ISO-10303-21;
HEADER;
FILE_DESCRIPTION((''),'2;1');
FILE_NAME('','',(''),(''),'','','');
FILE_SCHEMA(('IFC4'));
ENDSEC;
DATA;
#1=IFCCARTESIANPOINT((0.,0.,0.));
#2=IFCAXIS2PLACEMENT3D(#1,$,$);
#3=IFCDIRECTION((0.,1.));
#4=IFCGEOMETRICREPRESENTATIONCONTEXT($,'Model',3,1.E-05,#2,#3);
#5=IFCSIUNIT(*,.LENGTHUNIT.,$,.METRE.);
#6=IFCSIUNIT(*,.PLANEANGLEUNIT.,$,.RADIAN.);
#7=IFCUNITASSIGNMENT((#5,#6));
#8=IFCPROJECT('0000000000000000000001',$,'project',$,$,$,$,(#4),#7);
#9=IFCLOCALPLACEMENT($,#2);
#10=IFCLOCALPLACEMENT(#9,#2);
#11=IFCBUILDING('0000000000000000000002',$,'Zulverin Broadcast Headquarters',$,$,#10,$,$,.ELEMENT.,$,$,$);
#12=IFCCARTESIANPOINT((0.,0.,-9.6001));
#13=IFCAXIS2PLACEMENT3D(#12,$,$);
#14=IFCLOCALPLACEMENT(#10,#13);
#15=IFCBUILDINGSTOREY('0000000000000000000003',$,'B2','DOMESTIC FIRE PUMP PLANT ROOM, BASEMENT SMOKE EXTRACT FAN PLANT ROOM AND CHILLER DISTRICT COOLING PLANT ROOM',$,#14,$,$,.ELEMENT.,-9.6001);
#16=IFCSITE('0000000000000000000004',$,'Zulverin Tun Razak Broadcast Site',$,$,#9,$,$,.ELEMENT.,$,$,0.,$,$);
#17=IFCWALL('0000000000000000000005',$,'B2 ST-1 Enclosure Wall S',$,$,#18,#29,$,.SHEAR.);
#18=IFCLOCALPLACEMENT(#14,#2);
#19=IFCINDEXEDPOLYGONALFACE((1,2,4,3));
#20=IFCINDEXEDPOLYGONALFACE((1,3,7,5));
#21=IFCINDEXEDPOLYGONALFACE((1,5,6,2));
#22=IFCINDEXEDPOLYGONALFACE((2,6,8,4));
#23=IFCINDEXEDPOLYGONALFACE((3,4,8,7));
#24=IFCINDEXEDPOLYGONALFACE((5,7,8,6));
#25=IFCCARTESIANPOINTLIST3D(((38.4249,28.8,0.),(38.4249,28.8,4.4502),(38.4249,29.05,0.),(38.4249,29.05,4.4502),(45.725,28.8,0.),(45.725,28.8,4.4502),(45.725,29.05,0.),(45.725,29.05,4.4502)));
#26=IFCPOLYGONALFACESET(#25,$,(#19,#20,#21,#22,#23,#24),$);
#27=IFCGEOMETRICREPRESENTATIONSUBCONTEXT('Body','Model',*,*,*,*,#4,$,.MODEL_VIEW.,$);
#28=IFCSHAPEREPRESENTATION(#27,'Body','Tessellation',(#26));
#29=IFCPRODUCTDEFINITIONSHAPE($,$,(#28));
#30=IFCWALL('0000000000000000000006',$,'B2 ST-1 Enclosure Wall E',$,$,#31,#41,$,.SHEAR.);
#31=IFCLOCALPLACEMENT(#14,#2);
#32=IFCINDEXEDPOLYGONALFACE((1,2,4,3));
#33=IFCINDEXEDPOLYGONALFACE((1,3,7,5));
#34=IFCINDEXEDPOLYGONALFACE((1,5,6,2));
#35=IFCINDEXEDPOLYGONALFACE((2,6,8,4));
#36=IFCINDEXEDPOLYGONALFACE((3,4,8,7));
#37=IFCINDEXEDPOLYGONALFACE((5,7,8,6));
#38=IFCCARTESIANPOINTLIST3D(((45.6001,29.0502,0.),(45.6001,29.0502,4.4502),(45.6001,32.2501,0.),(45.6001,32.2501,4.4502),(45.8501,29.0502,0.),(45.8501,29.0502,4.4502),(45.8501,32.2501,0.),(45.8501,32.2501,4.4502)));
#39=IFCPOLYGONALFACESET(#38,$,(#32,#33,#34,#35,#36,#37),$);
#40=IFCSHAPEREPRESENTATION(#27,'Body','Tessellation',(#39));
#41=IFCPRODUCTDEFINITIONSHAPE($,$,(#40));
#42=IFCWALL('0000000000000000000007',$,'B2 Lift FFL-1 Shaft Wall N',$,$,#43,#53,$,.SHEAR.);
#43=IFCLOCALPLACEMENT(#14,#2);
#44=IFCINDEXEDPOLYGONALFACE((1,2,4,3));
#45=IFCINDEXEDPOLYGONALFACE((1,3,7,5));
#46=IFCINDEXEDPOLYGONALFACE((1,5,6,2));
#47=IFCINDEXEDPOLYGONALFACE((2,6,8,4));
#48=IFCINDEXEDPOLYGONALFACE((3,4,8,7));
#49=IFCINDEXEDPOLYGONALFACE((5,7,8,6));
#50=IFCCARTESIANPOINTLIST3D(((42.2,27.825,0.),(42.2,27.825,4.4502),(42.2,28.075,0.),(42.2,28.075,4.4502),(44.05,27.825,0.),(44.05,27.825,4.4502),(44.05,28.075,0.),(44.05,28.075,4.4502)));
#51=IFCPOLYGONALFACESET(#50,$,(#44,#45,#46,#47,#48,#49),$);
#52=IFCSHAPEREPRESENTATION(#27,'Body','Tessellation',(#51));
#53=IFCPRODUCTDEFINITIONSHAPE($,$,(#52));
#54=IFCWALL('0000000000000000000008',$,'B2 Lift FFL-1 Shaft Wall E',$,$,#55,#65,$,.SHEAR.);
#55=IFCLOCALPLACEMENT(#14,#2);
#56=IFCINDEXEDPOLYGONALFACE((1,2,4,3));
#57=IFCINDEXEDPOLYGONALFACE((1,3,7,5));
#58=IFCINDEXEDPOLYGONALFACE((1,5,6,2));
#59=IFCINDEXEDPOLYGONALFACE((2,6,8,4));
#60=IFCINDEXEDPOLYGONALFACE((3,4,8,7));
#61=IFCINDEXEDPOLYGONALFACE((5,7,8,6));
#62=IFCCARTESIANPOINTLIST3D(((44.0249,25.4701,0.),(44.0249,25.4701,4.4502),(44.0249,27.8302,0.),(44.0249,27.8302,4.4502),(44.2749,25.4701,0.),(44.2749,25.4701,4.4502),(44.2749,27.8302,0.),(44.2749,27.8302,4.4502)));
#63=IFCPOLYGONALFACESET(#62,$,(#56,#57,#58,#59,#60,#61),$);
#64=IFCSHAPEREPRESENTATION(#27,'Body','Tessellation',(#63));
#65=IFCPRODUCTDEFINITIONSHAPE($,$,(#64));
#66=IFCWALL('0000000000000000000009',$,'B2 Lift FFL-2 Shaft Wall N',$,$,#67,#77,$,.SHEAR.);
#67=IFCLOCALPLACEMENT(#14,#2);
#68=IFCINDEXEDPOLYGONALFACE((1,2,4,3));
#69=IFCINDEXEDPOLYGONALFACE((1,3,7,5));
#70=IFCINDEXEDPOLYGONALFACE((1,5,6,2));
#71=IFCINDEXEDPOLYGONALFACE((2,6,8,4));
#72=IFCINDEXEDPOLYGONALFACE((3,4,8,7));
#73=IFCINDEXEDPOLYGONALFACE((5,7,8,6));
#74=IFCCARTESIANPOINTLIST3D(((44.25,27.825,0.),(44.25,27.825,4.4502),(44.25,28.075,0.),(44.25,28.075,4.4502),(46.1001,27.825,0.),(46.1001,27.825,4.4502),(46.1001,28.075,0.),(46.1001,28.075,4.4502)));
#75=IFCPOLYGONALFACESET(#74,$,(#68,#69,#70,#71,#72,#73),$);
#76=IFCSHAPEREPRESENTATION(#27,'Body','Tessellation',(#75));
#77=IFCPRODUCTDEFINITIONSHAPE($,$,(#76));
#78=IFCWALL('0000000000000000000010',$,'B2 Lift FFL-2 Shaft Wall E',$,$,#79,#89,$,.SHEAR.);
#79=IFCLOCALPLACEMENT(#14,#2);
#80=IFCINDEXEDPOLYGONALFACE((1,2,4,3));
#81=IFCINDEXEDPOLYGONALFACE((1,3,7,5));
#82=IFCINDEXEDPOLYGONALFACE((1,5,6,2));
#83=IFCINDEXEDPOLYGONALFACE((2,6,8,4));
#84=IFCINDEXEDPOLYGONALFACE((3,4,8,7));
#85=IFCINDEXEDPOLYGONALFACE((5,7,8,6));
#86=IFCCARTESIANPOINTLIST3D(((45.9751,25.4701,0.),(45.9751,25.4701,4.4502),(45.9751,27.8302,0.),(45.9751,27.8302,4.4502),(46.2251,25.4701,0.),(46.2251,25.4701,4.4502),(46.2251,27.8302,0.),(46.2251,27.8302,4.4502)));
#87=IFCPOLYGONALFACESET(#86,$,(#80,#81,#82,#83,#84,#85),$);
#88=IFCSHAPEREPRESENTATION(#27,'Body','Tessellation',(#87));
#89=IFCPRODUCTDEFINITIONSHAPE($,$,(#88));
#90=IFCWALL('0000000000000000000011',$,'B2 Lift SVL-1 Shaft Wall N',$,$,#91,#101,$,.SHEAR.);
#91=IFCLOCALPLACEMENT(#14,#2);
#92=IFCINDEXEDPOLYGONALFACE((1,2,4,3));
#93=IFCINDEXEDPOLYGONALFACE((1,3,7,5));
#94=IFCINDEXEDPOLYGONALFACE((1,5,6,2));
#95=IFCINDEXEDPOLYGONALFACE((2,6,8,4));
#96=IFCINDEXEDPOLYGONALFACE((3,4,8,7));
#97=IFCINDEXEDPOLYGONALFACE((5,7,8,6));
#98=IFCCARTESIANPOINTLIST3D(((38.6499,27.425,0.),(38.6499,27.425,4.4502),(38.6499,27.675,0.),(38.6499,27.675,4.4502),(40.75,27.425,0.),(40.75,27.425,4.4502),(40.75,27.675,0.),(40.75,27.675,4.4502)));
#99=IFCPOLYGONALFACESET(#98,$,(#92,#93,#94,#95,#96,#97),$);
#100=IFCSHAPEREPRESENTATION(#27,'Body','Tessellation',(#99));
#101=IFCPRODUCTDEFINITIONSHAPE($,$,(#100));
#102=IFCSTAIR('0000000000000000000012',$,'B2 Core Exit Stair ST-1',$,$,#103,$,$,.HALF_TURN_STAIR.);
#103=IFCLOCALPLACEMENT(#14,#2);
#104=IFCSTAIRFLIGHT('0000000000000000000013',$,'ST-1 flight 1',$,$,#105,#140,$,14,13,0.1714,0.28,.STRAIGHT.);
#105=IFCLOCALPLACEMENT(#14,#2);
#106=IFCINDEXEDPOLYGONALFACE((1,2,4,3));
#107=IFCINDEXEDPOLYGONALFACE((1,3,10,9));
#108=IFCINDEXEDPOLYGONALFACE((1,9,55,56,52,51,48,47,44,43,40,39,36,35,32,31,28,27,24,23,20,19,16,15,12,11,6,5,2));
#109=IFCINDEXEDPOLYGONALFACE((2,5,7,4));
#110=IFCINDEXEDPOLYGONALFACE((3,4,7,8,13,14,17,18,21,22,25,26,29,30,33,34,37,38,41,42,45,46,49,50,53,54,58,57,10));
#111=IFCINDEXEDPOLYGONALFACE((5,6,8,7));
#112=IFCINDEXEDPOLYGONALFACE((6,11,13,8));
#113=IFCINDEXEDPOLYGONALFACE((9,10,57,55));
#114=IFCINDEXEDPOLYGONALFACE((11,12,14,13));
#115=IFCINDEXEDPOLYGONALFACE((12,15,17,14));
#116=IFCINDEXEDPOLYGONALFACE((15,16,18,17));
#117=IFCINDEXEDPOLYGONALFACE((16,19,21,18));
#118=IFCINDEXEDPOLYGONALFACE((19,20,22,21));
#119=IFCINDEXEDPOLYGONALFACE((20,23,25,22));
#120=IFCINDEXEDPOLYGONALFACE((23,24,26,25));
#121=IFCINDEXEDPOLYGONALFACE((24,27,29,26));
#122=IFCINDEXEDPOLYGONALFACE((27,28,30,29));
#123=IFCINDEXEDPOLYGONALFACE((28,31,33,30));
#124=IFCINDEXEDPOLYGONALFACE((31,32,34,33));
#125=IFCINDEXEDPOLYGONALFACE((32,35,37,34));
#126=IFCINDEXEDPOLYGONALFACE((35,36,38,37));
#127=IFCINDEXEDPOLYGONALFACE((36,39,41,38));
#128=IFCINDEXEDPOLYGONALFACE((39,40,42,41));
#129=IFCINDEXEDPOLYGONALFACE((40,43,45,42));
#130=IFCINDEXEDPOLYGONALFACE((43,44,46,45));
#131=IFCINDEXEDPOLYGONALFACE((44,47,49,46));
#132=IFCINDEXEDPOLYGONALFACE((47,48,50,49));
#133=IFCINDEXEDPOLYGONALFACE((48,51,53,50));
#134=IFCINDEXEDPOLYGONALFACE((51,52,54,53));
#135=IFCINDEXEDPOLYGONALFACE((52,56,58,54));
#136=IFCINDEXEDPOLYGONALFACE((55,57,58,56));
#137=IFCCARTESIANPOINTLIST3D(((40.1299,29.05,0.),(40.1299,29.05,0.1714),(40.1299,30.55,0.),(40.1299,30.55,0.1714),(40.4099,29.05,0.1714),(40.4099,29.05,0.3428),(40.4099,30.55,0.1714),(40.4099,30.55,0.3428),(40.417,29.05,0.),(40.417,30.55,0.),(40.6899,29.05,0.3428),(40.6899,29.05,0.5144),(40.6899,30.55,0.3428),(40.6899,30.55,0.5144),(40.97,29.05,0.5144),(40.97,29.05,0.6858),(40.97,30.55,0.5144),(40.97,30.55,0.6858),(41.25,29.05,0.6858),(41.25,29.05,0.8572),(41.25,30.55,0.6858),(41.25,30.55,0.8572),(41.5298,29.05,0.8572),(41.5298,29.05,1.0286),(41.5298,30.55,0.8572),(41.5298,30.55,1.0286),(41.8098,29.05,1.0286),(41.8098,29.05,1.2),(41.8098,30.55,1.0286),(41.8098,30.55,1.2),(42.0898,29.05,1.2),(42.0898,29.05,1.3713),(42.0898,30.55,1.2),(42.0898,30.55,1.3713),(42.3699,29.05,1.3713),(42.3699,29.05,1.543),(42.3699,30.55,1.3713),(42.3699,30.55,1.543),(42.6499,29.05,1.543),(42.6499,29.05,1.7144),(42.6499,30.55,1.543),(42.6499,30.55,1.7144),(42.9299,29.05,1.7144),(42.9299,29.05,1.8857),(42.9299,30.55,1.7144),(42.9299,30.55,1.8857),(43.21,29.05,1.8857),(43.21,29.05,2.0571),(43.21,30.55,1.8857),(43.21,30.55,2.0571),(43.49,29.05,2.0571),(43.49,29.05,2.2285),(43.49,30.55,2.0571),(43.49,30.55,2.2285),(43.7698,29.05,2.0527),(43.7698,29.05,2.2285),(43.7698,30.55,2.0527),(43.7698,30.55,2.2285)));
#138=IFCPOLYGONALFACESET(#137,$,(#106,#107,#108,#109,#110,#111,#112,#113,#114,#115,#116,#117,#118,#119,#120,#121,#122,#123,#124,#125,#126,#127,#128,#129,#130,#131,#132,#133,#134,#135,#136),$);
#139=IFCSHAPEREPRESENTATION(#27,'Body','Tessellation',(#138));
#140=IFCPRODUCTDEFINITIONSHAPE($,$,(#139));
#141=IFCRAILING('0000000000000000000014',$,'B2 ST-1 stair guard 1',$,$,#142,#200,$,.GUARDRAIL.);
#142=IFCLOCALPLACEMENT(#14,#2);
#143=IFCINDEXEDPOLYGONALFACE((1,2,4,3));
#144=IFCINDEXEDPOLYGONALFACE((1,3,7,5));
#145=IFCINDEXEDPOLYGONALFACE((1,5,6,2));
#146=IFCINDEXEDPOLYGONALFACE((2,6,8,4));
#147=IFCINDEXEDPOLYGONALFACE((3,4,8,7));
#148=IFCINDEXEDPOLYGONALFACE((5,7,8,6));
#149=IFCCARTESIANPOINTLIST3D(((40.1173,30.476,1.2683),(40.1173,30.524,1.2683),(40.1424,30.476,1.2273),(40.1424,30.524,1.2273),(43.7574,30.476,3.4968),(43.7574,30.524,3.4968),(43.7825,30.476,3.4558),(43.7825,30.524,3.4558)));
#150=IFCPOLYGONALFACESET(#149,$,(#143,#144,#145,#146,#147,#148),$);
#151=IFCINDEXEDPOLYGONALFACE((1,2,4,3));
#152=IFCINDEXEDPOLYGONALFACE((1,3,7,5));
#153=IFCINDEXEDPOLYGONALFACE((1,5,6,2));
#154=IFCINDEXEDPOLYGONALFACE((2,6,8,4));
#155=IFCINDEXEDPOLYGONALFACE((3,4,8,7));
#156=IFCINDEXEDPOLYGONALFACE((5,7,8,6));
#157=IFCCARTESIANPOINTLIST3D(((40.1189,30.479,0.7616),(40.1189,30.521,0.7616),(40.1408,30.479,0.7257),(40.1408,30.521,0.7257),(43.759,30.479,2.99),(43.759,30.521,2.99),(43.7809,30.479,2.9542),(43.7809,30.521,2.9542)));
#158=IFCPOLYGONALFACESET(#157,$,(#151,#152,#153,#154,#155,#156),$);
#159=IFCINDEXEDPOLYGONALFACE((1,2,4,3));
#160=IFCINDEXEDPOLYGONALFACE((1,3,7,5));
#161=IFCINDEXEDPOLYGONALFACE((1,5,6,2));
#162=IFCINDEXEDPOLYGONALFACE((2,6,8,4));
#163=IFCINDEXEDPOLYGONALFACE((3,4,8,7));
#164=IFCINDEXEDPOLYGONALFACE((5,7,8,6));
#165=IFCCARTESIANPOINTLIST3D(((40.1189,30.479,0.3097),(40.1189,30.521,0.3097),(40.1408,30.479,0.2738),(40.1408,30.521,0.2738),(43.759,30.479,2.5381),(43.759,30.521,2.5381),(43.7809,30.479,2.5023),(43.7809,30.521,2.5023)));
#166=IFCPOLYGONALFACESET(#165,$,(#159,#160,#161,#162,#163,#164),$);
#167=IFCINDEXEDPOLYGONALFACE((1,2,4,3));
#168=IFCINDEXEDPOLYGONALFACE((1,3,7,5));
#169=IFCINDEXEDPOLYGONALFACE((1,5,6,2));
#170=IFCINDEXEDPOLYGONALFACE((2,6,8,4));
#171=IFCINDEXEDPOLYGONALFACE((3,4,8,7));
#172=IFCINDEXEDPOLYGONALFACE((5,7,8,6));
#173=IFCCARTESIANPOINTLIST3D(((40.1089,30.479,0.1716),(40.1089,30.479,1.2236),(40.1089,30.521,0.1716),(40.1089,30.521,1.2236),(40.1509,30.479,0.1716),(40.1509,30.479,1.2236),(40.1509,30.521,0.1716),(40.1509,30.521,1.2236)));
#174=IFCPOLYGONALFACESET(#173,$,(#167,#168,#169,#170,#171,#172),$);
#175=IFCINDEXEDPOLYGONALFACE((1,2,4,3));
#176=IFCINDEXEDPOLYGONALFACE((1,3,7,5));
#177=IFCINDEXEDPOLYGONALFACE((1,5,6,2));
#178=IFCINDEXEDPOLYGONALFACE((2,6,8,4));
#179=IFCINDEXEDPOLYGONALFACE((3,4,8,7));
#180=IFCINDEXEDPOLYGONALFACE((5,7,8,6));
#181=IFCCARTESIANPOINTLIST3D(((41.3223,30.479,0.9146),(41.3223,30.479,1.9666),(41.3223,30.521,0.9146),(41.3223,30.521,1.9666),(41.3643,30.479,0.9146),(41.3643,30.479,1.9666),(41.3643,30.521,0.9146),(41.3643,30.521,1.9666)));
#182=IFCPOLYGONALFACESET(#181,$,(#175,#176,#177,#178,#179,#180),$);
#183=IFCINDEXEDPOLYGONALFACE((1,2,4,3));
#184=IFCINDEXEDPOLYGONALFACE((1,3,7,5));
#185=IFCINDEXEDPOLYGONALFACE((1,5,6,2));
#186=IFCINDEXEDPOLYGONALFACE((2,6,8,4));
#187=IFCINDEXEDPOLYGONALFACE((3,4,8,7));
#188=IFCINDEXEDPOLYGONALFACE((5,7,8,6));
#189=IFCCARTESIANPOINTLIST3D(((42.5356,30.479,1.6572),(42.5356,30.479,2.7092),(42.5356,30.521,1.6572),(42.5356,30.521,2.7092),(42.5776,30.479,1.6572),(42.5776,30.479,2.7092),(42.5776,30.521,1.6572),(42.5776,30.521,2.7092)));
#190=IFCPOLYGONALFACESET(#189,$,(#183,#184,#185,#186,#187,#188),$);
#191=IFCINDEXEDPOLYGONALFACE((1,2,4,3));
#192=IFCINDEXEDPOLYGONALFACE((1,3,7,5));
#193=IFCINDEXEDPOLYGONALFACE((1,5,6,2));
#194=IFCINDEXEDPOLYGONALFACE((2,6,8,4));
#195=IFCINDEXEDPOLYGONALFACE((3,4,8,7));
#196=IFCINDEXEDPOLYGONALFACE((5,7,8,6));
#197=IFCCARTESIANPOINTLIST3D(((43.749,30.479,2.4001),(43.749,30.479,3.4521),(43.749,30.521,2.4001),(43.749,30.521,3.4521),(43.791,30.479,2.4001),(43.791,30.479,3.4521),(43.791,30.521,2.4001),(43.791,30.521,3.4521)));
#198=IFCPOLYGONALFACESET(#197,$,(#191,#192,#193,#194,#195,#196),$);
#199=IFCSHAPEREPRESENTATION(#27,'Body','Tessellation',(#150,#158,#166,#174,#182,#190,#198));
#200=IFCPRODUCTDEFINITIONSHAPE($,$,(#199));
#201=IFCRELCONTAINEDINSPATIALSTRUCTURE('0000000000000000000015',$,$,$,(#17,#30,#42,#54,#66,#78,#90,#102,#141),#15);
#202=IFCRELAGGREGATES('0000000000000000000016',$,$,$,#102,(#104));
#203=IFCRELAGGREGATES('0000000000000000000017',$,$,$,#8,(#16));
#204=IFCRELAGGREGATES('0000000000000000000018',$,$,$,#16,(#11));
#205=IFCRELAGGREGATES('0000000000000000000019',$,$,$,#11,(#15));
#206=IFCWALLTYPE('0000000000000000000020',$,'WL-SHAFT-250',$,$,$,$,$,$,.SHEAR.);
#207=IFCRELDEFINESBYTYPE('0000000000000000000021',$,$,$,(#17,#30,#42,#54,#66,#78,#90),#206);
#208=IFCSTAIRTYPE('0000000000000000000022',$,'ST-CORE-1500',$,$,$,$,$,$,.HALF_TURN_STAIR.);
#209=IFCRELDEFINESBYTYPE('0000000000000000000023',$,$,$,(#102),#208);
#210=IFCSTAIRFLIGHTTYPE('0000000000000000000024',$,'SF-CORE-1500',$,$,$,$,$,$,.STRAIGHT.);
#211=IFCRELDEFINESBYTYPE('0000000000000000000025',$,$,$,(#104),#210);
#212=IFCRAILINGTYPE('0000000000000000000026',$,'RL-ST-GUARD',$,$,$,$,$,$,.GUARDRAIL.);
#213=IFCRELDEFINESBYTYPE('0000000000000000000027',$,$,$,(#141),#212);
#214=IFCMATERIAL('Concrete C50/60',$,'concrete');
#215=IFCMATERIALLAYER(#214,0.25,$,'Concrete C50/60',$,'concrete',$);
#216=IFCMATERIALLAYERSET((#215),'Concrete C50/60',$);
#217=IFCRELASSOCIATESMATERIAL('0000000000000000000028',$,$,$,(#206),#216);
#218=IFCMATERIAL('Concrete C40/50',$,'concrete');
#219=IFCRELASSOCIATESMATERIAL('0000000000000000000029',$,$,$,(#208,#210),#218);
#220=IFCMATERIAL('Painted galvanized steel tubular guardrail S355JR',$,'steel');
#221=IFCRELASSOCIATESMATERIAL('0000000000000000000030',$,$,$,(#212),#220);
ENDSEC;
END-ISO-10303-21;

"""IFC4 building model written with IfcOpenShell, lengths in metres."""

from ifc_helpers import new_model, si_unit, direction, frame, frame_2d, origin, origin_2d, place, context, subcontext, project, spatial, polyline, rectangle, outline, extrude, material, layer, layer_set, type_object, element, aggregate, save


model = new_model("IFC4")

# Units and contexts
model_context = context("Model", 3, precision=1e-05, world=origin(), true_north=direction((0.0, 1.0)))
body_context = subcontext(model_context, "Body", "Model", "MODEL_VIEW")
ifc_project = project(units=[si_unit("LENGTHUNIT", "METRE"), si_unit("PLANEANGLEUNIT", "RADIAN")], contexts=[model_context])

# Site, building, storey
site_placement = place(None, origin())
site = spatial("IfcSite", under=ifc_project, at=site_placement, Name="Zulverin Tun Razak Broadcast Site", CompositionType="ELEMENT", RefElevation=0.0)
building_placement = place(site_placement, origin())
building = spatial("IfcBuilding", under=site, at=building_placement, Name="Zulverin Broadcast Headquarters", CompositionType="ELEMENT")
storey_placement = place(building_placement, frame((0.0, 0.0, -9.6001)))
storey = spatial("IfcBuildingStorey", under=building, at=storey_placement, Name="B2", Description="DOMESTIC FIRE PUMP PLANT ROOM, BASEMENT SMOKE EXTRACT FAN PLANT ROOM AND CHILLER DISTRICT COOLING PLANT ROOM", CompositionType="ELEMENT", Elevation=-9.6001)

# Shared definitions
ifc_material_1 = material(Name="Concrete C50/60", Category="concrete")

# Wall
ifc_layer_1 = layer(ifc_material_1, 0.25, Name="Concrete C50/60", Category="concrete")
ifc_layer_set_1 = layer_set([ifc_layer_1], Name="Concrete C50/60")
wall_type_1 = type_object("IfcWallType", Name="WL-SHAFT-250", PredefinedType="SHEAR", material=ifc_layer_set_1)
wall_1_placement = place(storey_placement, frame((38.425, 28.925, 0.0), z_axis=(0.0, 0.0, 1.0), x_axis=(1.0, 0.0, 0.0)))
element("IfcWall", 1, at=wall_1_placement, inside=storey, type_object=wall_type_1, Name="B2 ST-1 Enclosure Wall S", PredefinedType="SHEAR", context=body_context, shape_type="SweptSolid", body=[
    extrude(rectangle(XDim=7.3, YDim=0.25, at=frame_2d((3.6499, 0.0))), origin(), (0.0, 0.0, 1.0), 4.4502),
])

# Walls
wall_2_placement = place(storey_placement, frame((45.7251, 29.05, 0.0), z_axis=(0.0, 0.0, 1.0), x_axis=(0.0, 1.0, 0.0)))
element("IfcWall", 2, at=wall_2_placement, inside=storey, type_object=wall_type_1, Name="B2 ST-1 Enclosure Wall E", PredefinedType="SHEAR", context=body_context, shape_type="SweptSolid", body=[
    extrude(rectangle(XDim=3.2, YDim=0.25, at=frame_2d((1.6001, 0.0))), origin(), (0.0, 0.0, 1.0), 4.4502),
])
wall_3_placement = place(storey_placement, frame((42.2, 27.95, 0.0), z_axis=(0.0, 0.0, 1.0), x_axis=(1.0, 0.0, 0.0)))
element("IfcWall", 3, at=wall_3_placement, inside=storey, type_object=wall_type_1, Name="B2 Lift FFL-1 Shaft Wall N", PredefinedType="SHEAR", context=body_context, shape_type="SweptSolid", body=[
    extrude(rectangle(XDim=1.8501, YDim=0.25, at=frame_2d((0.925, 0.0))), origin(), (0.0, 0.0, 1.0), 4.4502),
])
wall_4_placement = place(storey_placement, frame((44.1499, 25.47, 0.0), z_axis=(0.0, 0.0, 1.0), x_axis=(0.0, 1.0, 0.0)))
element("IfcWall", 4, at=wall_4_placement, inside=storey, type_object=wall_type_1, Name="B2 Lift FFL-1 Shaft Wall E", PredefinedType="SHEAR", context=body_context, shape_type="SweptSolid", body=[
    extrude(rectangle(XDim=2.3601, YDim=0.25, at=frame_2d((1.1802, 0.0))), origin(), (0.0, 0.0, 1.0), 4.4502),
])
wall_5_placement = place(storey_placement, frame((44.25, 27.95, 0.0), z_axis=(0.0, 0.0, 1.0), x_axis=(1.0, 0.0, 0.0)))
element("IfcWall", 5, at=wall_5_placement, inside=storey, type_object=wall_type_1, Name="B2 Lift FFL-2 Shaft Wall N", PredefinedType="SHEAR", context=body_context, shape_type="SweptSolid", body=[
    extrude(rectangle(XDim=1.8501, YDim=0.25, at=frame_2d((0.925, 0.0))), origin(), (0.0, 0.0, 1.0), 4.4502),
])
wall_6_placement = place(storey_placement, frame((46.1001, 25.47, 0.0), z_axis=(0.0, 0.0, 1.0), x_axis=(0.0, 1.0, 0.0)))
element("IfcWall", 6, at=wall_6_placement, inside=storey, type_object=wall_type_1, Name="B2 Lift FFL-2 Shaft Wall E", PredefinedType="SHEAR", context=body_context, shape_type="SweptSolid", body=[
    extrude(rectangle(XDim=2.3601, YDim=0.25, at=frame_2d((1.1802, 0.0))), origin(), (0.0, 0.0, 1.0), 4.4502),
])
wall_7_placement = place(storey_placement, frame((38.6499, 27.55, 0.0), z_axis=(0.0, 0.0, 1.0), x_axis=(1.0, 0.0, 0.0)))
element("IfcWall", 7, at=wall_7_placement, inside=storey, type_object=wall_type_1, Name="B2 Lift SVL-1 Shaft Wall N", PredefinedType="SHEAR", context=body_context, shape_type="SweptSolid", body=[
    extrude(rectangle(XDim=2.1001, YDim=0.25, at=frame_2d((1.05, 0.0))), origin(), (0.0, 0.0, 1.0), 4.4502),
])

# Stair, stair flight
ifc_material_2 = material(Name="Concrete C40/50", Category="concrete")
stair_type = type_object("IfcStairType", Name="ST-CORE-1500", PredefinedType="HALF_TURN_STAIR", material=ifc_material_2)
stair_placement = place(storey_placement, origin())
stair = element("IfcStair", 8, at=stair_placement, inside=storey, type_object=stair_type, Name="B2 Core Exit Stair ST-1", PredefinedType="HALF_TURN_STAIR")
stair_flight_type = type_object("IfcStairFlightType", Name="SF-CORE-1500", PredefinedType="STRAIGHT", material=ifc_material_2)
stair_flight_placement = place(storey_placement, frame((40.1299, 29.8, 0.0), z_axis=(0.0, 0.0, 1.0), x_axis=(1.0, 0.0, 0.0)))
stair_flight = element("IfcStairFlight", 9, at=stair_flight_placement, type_object=stair_flight_type, Name="ST-1 flight 1", NumberOfRisers=14, NumberOfTreads=13, PredefinedType="STRAIGHT", RiserHeight=0.1714, TreadLength=0.28, context=body_context, shape_type="SweptSolid", body=[
    extrude(outline(polyline([(0.0, 0.0), (0.0, 0.1714), (0.28, 0.1714), (0.28, 0.3428), (0.5601, 0.3428), (0.5601, 0.5144), (0.8401, 0.5144), (0.8401, 0.6858), (1.1201, 0.6858), (1.1201, 0.8572), (1.3999, 0.8572), (1.3999, 1.0286), (1.6799, 1.0286), (1.6799, 1.2), (1.96, 1.2), (1.96, 1.3713), (2.24, 1.3713), (2.24, 1.543), (2.52, 1.543), (2.52, 1.7144), (2.8, 1.7144), (2.8, 1.8857), (3.0801, 1.8857), (3.0801, 2.0571), (3.3601, 2.0571), (3.3601, 2.2285), (3.6399, 2.2285), (3.6399, 2.3999), (3.6399, 2.0527), (0.2871, 0.0), (0.0, 0.0)])), frame((0.0, 0.75, 0.0), z_axis=(0.0, -1.0, 0.0), x_axis=(1.0, 0.0, 0.0)), (0.0, 0.0, 1.0), 1.5),
])
aggregate(stair, [stair_flight])

# Railing
ifc_material_3 = material(Name="Painted galvanized steel tubular guardrail S355JR", Category="steel")
railing_type_1 = type_object("IfcRailingType", Name="RL-ST-GUARD", PredefinedType="GUARDRAIL", material=ifc_material_3)
railing_1_placement = place(storey_placement, frame((40.1299, 30.5, 0.1716)))
element("IfcRailing", 10, at=railing_1_placement, inside=storey, type_object=railing_type_1, Name="B2 ST-1 stair guard 1", PredefinedType="GUARDRAIL", context=body_context, shape_type="SweptSolid", body=[
    extrude(rectangle(XDim=0.0481, YDim=0.0481, at=origin_2d()), frame((0.0, 0.0, 1.0762), z_axis=(0.852866, 0.0, 0.52213), x_axis=(0.0, 1.0, 0.0)), (0.0, 0.0, 1.0), 4.2681),
    extrude(rectangle(XDim=0.042, YDim=0.042, at=origin_2d()), frame((0.0, 0.0, 0.572), z_axis=(0.852866, 0.0, 0.52213), x_axis=(0.0, 1.0, 0.0)), (0.0, 0.0, 1.0), 4.2681),
    extrude(rectangle(XDim=0.042, YDim=0.042, at=origin_2d()), frame((0.0, 0.0, 0.1201), z_axis=(0.852866, 0.0, 0.52213), x_axis=(0.0, 1.0, 0.0)), (0.0, 0.0, 1.0), 4.2681),
    extrude(rectangle(XDim=0.042, YDim=0.042, at=origin_2d()), origin(), (0.0, 0.0, 1.0), 1.052),
    extrude(rectangle(XDim=0.042, YDim=0.042, at=origin_2d()), frame((1.2134, 0.0, 0.7429)), (0.0, 0.0, 1.0), 1.052),
    extrude(rectangle(XDim=0.042, YDim=0.042, at=origin_2d()), frame((2.4268, 0.0, 1.4856)), (0.0, 0.0, 1.0), 1.052),
    extrude(rectangle(XDim=0.042, YDim=0.042, at=origin_2d()), frame((3.6401, 0.0, 2.2285)), (0.0, 0.0, 1.0), 1.052),
])

save(model, "model.ifc")
